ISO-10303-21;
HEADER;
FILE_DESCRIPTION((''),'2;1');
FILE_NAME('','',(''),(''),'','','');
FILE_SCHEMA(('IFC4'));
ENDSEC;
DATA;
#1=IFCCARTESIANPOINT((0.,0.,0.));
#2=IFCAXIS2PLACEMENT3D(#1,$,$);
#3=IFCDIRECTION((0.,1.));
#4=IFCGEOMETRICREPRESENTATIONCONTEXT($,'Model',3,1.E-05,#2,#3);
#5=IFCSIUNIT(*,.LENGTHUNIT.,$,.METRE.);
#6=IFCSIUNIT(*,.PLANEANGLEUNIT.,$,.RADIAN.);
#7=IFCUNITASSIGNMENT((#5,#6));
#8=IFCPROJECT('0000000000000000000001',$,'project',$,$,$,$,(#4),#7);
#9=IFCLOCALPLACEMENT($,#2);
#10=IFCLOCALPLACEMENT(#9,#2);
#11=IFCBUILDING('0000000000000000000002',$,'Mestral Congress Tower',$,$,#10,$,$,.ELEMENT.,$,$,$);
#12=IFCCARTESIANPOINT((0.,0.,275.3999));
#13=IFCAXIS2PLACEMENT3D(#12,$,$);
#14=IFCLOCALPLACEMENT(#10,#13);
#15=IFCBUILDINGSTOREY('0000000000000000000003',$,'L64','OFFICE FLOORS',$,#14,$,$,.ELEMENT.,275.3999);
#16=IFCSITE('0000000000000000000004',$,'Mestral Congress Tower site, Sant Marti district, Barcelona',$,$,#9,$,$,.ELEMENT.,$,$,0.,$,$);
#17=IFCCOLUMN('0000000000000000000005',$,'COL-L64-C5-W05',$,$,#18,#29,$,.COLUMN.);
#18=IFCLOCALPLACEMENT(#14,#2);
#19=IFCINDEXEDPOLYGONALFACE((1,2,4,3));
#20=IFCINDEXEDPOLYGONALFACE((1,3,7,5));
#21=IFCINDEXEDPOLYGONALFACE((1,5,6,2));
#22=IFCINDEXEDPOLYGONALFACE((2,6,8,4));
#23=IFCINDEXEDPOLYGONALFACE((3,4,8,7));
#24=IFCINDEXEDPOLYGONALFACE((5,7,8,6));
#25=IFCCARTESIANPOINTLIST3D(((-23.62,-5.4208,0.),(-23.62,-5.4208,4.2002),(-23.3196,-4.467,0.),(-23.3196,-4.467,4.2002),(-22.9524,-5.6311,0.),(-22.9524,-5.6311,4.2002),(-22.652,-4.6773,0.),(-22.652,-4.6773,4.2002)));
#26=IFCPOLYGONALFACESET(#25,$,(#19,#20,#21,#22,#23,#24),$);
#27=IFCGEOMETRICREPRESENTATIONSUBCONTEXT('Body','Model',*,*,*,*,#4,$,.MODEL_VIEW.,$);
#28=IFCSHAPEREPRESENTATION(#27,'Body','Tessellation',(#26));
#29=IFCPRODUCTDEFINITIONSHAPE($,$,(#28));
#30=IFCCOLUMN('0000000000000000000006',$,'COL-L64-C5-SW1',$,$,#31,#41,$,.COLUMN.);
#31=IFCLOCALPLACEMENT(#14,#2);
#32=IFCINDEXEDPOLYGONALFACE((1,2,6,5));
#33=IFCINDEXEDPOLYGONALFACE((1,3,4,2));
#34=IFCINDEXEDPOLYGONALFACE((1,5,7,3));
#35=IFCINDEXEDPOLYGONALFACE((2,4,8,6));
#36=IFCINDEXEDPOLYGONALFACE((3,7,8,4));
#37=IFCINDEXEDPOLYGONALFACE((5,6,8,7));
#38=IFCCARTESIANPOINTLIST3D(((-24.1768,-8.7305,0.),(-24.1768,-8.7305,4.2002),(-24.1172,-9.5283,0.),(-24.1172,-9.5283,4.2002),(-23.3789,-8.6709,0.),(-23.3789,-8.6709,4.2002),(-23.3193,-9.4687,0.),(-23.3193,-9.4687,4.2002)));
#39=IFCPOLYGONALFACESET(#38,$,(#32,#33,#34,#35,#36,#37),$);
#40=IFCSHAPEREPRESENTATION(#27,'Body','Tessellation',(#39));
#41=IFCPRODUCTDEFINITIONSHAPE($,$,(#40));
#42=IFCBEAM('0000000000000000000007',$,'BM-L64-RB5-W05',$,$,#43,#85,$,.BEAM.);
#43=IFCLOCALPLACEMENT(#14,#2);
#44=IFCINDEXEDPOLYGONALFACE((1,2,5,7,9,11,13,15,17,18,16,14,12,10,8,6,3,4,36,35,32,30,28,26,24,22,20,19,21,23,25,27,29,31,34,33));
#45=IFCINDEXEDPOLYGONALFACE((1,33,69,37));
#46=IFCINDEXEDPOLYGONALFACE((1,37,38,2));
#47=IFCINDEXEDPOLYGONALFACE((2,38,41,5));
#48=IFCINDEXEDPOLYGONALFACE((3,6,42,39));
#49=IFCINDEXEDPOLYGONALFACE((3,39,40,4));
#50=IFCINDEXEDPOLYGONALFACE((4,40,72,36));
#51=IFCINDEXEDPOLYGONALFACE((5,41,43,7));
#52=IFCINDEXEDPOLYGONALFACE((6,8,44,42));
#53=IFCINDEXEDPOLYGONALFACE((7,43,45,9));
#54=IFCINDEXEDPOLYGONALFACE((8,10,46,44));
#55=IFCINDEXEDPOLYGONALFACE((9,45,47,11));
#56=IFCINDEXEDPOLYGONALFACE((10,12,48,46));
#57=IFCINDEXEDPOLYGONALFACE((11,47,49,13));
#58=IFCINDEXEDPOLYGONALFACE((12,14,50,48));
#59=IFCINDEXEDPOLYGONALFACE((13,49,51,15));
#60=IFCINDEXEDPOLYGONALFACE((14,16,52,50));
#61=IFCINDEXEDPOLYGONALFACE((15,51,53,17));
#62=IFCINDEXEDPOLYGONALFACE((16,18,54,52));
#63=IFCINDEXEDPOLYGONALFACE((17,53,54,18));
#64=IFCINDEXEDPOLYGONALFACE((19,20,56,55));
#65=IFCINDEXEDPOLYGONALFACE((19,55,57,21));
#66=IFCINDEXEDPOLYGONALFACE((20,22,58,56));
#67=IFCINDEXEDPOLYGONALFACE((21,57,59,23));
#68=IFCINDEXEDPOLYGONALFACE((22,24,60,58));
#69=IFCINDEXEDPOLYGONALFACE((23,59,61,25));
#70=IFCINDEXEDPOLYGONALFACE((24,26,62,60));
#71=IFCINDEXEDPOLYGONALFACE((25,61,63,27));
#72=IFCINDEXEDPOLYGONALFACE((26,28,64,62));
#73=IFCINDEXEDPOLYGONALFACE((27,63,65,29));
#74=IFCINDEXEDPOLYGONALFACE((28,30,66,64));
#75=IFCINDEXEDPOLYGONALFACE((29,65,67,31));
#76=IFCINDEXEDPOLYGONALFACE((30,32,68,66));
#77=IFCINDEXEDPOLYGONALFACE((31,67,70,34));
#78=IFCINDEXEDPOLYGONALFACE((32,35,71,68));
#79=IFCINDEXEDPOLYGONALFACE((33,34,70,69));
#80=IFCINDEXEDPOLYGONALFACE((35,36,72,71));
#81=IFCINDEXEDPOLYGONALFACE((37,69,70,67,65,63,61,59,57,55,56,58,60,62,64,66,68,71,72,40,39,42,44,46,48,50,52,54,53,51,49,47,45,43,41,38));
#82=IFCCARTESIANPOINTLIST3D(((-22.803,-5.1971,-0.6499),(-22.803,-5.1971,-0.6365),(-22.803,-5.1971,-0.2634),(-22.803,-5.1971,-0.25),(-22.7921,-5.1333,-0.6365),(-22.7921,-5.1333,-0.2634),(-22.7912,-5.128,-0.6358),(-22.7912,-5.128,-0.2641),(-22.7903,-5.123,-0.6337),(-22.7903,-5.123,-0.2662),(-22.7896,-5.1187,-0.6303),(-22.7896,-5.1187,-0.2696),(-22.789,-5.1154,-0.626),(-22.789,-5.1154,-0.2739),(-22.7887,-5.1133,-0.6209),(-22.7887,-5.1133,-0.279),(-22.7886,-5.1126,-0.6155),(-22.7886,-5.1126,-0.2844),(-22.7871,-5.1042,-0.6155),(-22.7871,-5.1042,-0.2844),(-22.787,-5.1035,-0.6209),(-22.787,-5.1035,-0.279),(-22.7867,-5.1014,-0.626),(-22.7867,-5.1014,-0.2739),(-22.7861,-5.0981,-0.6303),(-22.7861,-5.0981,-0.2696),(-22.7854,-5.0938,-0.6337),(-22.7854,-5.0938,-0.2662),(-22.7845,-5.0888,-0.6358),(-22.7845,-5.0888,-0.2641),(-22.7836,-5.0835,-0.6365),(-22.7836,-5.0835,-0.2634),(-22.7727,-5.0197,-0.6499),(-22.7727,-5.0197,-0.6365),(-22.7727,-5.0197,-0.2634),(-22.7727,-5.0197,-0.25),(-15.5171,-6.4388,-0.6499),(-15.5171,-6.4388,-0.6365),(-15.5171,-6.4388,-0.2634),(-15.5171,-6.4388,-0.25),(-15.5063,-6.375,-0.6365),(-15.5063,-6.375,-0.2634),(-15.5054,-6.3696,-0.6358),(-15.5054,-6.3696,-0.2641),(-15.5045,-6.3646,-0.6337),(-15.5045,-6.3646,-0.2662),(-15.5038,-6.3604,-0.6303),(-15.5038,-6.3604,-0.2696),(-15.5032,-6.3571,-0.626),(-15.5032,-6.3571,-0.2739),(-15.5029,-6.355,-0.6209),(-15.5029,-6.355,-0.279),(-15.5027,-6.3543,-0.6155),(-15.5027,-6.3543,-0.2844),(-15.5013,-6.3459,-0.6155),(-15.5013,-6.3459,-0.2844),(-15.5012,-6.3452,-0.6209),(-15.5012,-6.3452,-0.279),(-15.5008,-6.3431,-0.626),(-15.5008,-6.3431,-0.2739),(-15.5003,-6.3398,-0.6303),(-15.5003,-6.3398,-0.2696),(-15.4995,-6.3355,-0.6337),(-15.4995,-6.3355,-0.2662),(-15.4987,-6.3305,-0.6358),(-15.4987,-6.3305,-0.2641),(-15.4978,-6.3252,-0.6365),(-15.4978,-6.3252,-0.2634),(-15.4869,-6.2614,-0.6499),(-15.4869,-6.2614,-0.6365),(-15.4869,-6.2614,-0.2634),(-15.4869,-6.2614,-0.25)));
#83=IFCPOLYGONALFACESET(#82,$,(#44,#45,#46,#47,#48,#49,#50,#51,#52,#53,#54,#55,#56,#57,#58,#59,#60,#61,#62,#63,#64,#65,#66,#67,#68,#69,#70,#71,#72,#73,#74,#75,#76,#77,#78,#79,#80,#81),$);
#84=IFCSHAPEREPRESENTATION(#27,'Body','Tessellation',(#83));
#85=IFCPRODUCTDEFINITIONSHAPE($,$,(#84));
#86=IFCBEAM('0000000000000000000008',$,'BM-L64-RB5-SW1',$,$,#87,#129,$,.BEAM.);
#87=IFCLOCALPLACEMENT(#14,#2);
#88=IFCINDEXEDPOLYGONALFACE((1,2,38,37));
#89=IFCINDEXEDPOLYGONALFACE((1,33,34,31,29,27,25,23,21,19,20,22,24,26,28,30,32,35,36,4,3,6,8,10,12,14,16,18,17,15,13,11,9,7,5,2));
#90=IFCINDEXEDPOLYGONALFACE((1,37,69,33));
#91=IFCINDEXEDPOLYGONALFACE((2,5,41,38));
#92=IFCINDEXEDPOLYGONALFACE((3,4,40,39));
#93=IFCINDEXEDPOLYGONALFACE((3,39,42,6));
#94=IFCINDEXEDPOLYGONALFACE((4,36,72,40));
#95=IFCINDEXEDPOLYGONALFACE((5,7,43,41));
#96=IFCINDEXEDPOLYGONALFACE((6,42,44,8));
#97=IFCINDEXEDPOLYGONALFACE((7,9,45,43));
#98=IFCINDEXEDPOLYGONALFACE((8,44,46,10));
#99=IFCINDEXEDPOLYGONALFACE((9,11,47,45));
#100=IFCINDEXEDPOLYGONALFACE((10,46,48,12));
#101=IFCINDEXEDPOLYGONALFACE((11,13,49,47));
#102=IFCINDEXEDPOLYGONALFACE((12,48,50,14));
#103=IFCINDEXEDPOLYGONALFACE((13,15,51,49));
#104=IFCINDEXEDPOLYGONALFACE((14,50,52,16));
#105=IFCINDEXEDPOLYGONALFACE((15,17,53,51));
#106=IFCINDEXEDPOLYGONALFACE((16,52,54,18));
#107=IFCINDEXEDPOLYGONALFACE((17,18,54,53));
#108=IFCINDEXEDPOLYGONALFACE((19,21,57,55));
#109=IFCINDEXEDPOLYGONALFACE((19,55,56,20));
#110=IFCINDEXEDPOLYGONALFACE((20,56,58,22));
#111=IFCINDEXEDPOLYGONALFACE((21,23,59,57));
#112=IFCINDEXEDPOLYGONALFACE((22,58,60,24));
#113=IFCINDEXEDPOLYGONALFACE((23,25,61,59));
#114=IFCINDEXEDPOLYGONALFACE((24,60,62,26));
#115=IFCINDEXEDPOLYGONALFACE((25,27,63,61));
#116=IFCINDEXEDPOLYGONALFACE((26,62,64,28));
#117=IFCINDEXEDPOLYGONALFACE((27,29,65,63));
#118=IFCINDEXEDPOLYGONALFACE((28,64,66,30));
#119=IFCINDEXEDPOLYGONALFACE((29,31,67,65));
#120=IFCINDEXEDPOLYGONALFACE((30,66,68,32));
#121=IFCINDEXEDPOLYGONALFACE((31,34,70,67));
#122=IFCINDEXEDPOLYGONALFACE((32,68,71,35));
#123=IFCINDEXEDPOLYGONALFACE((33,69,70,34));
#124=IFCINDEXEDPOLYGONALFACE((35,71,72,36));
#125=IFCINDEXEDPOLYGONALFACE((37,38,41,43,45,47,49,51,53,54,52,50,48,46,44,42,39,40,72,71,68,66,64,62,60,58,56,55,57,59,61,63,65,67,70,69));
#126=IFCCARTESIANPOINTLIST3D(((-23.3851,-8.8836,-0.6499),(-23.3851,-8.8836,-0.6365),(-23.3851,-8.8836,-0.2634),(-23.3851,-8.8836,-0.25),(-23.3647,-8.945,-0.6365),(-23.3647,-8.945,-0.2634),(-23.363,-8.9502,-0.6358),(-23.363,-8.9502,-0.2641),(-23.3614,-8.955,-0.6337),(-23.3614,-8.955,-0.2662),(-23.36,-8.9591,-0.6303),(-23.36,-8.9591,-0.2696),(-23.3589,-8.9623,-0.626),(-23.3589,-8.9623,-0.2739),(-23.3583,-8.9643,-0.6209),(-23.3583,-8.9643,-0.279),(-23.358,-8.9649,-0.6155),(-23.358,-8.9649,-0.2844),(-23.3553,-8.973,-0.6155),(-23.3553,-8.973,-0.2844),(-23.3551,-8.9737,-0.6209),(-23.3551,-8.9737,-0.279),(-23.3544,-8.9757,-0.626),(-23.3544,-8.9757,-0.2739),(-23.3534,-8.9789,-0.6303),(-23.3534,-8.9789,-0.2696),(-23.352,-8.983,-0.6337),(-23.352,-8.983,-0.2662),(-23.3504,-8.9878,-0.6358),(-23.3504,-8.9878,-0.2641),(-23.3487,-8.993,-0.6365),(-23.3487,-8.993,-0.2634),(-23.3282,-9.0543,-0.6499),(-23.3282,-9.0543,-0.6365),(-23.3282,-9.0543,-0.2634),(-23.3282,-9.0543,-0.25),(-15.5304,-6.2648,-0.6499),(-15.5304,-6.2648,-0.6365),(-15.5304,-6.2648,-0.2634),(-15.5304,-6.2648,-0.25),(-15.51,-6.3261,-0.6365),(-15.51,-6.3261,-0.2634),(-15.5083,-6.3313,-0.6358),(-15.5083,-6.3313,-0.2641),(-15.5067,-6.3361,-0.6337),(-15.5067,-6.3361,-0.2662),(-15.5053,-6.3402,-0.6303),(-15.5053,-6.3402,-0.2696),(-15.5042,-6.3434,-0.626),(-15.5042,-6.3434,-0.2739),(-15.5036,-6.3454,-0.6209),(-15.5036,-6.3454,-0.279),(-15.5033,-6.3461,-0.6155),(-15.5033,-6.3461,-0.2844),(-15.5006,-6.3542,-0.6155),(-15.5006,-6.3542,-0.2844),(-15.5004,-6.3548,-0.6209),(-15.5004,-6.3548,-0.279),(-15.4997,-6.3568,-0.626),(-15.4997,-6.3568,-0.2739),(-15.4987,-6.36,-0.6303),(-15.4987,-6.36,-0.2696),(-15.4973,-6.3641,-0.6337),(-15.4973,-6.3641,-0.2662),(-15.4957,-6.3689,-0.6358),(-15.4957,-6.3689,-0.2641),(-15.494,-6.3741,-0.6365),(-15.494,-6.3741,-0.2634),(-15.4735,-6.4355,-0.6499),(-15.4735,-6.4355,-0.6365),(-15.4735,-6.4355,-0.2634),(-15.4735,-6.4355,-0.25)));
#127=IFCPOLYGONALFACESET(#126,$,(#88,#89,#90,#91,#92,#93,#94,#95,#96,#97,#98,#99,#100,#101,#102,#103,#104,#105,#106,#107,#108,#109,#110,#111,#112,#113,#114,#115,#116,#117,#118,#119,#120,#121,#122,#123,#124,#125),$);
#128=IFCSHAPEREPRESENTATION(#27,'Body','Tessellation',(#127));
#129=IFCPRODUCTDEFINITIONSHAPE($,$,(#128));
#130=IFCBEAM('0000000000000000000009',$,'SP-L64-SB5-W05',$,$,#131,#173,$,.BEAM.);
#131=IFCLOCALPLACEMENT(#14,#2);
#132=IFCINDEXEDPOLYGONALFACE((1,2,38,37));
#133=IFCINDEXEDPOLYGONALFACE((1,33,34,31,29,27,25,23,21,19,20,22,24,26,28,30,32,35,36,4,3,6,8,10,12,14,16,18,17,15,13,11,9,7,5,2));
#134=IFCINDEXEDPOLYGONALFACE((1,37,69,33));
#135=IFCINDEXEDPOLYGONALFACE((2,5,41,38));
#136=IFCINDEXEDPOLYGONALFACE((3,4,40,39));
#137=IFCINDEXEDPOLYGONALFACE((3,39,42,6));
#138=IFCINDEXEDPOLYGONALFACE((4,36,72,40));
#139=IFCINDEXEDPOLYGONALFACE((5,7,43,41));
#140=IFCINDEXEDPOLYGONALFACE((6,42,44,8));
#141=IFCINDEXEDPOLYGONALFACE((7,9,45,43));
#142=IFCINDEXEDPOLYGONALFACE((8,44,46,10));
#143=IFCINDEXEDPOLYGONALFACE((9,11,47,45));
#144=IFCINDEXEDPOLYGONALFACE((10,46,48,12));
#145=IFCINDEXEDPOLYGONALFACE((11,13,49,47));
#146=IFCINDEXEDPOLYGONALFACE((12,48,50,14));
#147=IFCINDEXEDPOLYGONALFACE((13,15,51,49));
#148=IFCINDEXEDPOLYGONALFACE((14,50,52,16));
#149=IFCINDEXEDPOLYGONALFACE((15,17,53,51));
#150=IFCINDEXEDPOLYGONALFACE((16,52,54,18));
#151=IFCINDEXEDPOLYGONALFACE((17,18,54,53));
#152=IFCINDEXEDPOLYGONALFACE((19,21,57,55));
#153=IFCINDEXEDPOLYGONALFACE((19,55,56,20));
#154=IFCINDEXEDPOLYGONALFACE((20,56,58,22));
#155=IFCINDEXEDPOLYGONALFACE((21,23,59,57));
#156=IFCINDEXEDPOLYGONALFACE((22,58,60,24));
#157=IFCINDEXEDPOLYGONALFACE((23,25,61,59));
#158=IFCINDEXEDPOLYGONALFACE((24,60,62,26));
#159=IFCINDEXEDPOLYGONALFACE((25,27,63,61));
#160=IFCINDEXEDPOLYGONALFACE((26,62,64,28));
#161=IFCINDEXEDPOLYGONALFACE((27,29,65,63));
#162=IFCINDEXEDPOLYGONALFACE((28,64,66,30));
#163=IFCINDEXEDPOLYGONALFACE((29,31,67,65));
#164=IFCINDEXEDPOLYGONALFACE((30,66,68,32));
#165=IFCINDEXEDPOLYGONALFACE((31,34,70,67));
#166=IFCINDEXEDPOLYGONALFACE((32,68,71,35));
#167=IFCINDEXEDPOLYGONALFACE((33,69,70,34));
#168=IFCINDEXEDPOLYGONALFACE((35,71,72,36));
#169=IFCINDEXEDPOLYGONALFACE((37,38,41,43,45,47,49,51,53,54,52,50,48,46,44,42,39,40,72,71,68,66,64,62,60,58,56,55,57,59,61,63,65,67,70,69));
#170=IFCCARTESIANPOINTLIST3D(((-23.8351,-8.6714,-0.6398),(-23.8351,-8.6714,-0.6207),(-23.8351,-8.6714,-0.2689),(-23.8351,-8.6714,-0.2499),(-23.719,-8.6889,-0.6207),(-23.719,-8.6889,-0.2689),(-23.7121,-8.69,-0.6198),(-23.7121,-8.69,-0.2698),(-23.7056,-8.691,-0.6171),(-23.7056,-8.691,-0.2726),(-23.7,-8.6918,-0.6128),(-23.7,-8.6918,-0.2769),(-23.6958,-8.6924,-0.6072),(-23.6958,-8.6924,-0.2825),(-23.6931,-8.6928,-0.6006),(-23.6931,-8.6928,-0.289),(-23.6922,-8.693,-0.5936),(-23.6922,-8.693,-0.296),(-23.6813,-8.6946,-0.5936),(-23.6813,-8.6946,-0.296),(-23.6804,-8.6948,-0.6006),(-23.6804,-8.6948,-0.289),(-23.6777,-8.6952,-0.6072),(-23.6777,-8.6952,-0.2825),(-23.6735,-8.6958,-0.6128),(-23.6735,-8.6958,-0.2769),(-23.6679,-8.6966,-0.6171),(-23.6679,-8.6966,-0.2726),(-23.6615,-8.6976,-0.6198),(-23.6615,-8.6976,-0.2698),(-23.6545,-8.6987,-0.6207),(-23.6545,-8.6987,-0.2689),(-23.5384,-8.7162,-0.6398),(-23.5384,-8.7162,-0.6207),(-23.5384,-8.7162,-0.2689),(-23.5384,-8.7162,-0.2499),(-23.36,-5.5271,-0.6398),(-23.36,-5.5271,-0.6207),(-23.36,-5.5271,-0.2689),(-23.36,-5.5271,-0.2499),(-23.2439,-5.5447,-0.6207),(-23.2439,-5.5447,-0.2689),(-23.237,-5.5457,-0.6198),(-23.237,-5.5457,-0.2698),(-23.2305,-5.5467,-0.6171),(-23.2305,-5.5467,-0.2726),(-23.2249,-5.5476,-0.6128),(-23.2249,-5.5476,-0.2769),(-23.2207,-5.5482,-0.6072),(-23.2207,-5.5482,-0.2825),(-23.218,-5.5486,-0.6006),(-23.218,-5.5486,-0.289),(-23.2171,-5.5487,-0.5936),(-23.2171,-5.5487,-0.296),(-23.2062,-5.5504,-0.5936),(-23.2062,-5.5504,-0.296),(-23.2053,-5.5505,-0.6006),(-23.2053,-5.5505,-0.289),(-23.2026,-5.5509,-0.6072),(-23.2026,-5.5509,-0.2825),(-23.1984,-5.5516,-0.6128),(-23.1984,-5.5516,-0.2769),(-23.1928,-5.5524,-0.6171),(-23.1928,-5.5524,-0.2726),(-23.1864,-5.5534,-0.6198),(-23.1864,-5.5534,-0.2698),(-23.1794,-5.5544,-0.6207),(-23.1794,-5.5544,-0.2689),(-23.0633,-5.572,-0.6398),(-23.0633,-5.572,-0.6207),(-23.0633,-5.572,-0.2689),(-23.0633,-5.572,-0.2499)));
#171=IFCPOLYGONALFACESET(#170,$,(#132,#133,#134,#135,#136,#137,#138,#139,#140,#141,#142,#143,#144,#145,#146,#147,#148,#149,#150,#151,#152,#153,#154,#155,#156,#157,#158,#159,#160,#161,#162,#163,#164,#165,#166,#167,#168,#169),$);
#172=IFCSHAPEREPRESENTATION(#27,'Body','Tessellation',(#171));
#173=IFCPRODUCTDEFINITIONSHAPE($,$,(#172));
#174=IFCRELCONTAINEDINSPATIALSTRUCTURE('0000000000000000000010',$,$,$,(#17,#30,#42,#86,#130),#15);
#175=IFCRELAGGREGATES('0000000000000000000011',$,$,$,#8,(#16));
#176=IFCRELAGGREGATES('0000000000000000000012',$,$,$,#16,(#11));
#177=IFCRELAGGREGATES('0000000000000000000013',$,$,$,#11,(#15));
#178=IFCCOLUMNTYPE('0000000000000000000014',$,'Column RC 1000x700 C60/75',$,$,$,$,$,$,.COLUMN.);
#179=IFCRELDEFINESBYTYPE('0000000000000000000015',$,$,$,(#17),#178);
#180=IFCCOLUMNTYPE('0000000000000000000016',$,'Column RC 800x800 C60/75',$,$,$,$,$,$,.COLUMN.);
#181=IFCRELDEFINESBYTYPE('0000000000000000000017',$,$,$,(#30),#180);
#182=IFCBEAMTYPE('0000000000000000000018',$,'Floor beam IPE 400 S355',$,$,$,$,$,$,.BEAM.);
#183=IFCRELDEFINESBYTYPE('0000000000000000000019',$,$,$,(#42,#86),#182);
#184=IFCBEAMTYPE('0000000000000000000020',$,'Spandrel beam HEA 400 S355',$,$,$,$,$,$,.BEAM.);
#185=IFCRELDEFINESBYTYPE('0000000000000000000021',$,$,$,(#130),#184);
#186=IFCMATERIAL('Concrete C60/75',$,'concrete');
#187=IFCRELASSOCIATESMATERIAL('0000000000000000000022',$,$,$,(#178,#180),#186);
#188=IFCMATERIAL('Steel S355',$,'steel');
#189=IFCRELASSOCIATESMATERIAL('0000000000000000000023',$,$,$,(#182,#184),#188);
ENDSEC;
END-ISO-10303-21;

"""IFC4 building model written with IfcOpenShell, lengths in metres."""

from ifc_helpers import new_model, si_unit, direction, frame, origin, origin_2d, place, context, subcontext, project, spatial, rectangle, i_section, extrude, material, material_profile, profile_set, type_object, element, save


model = new_model("IFC4")

# Units and contexts
model_context = context("Model", 3, precision=1e-05, world=origin(), true_north=direction((0.0, 1.0)))
body_context = subcontext(model_context, "Body", "Model", "MODEL_VIEW")
ifc_project = project(units=[si_unit("LENGTHUNIT", "METRE"), si_unit("PLANEANGLEUNIT", "RADIAN")], contexts=[model_context])

# Site, building, storey
site_placement = place(None, origin())
site = spatial("IfcSite", under=ifc_project, at=site_placement, Name="Mestral Congress Tower site, Sant Marti district, Barcelona", CompositionType="ELEMENT", RefElevation=0.0)
building_placement = place(site_placement, origin())
building = spatial("IfcBuilding", under=site, at=building_placement, Name="Mestral Congress Tower", CompositionType="ELEMENT")
storey_placement = place(building_placement, frame((0.0, 0.0, 275.3999)))
storey = spatial("IfcBuildingStorey", under=building, at=storey_placement, Name="L64", Description="OFFICE FLOORS", CompositionType="ELEMENT", Elevation=275.3999)

# Columns
ifc_material_1 = material(Name="Concrete C60/75", Category="concrete")
ifc_material_profile_1 = material_profile(ifc_material_1, rectangle(XDim=1.0, YDim=0.7, at=origin_2d()), Name="RC 1000x700")
ifc_profile_set_1 = profile_set([ifc_material_profile_1], Name="Concrete C60/75")
column_type_1 = type_object("IfcColumnType", Name="Column RC 1000x700 C60/75", PredefinedType="COLUMN", material=ifc_profile_set_1)
column_1_placement = place(storey_placement, frame((-23.136, -5.0491, 0.0), z_axis=(0.0, 0.0, 1.0), x_axis=(-0.300431, -0.953804, 0.0)))
element("IfcColumn", 1, at=column_1_placement, inside=storey, type_object=column_type_1, Name="COL-L64-C5-W05", PredefinedType="COLUMN", context=body_context, shape_type="SweptSolid", body=[
    extrude(rectangle(XDim=1.0, YDim=0.7, at=origin_2d()), origin(), (0.0, 0.0, 1.0), 4.2002),
])
ifc_material_profile_2 = material_profile(ifc_material_1, rectangle(XDim=0.8, YDim=0.8, at=origin_2d()), Name="RC 800x800")
ifc_profile_set_2 = profile_set([ifc_material_profile_2], Name="Concrete C60/75")
column_type_2 = type_object("IfcColumnType", Name="Column RC 800x800 C60/75", PredefinedType="COLUMN", material=ifc_profile_set_2)
column_2_placement = place(storey_placement, frame((-23.748, -9.0996, 0.0), z_axis=(0.0, 0.0, 1.0), x_axis=(0.074511, -0.99722, 0.0)))
element("IfcColumn", 2, at=column_2_placement, inside=storey, type_object=column_type_2, Name="COL-L64-C5-SW1", PredefinedType="COLUMN", context=body_context, shape_type="SweptSolid", body=[
    extrude(rectangle(XDim=0.8, YDim=0.8, at=origin_2d()), origin(), (0.0, 0.0, 1.0), 4.2002),
])

# Beams
ifc_material_2 = material(Name="Steel S355", Category="steel")
ifc_material_profile_3 = material_profile(ifc_material_2, i_section(OverallWidth=0.1799, OverallDepth=0.3999, WebThickness=0.0085, FlangeThickness=0.0134, FilletRadius=0.021, at=origin_2d()), Name="IPE 400")
ifc_profile_set_3 = profile_set([ifc_material_profile_3], Name="Steel S355")
beam_type_1 = type_object("IfcBeamType", Name="Floor beam IPE 400 S355", PredefinedType="BEAM", material=ifc_profile_set_3)
beam_1_placement = place(storey_placement, frame((-22.7878, -5.1084, -0.45), z_axis=(0.985787, -0.168003, 0.0), x_axis=(0.168003, 0.985787, 0.0)))
element("IfcBeam", 3, at=beam_1_placement, inside=storey, type_object=beam_type_1, Name="BM-L64-RB5-W05", PredefinedType="BEAM", context=body_context, shape_type="SweptSolid", body=[
    extrude(i_section(OverallWidth=0.1799, OverallDepth=0.3999, WebThickness=0.0085, FlangeThickness=0.0134, FilletRadius=0.021, at=origin_2d()), origin(), (0.0, 0.0, 1.0), 7.3909),
])
beam_2_placement = place(storey_placement, frame((-23.3567, -8.969, -0.45), z_axis=(0.94866, 0.316299, 0.0), x_axis=(-0.316299, 0.94866, 0.0)))
element("IfcBeam", 4, at=beam_2_placement, inside=storey, type_object=beam_type_1, Name="BM-L64-RB5-SW1", PredefinedType="BEAM", context=body_context, shape_type="SweptSolid", body=[
    extrude(i_section(OverallWidth=0.1799, OverallDepth=0.3999, WebThickness=0.0085, FlangeThickness=0.0134, FilletRadius=0.021, at=origin_2d()), origin(), (0.0, 0.0, 1.0), 8.2798),
])
ifc_material_profile_4 = material_profile(ifc_material_2, i_section(OverallWidth=0.3, OverallDepth=0.3899, WebThickness=0.011, FlangeThickness=0.019, FilletRadius=0.0271, at=origin_2d()), Name="HEA 400")
ifc_profile_set_4 = profile_set([ifc_material_profile_4], Name="Steel S355")
beam_type_2 = type_object("IfcBeamType", Name="Spandrel beam HEA 400 S355", PredefinedType="BEAM", material=ifc_profile_set_4)
beam_3_placement = place(storey_placement, frame((-23.2117, -5.5496, -0.4448), z_axis=(-0.149403, -0.988776, 0.0), x_axis=(0.988776, -0.149403, 0.0)))
element("IfcBeam", 5, at=beam_3_placement, inside=storey, type_object=beam_type_2, Name="SP-L64-SB5-W05", PredefinedType="BEAM", context=body_context, shape_type="SweptSolid", body=[
    extrude(i_section(OverallWidth=0.3, OverallDepth=0.3899, WebThickness=0.011, FlangeThickness=0.019, FilletRadius=0.0271, at=origin_2d()), origin(), (0.0, 0.0, 1.0), 3.1799),
])

save(model, "model.ifc")
